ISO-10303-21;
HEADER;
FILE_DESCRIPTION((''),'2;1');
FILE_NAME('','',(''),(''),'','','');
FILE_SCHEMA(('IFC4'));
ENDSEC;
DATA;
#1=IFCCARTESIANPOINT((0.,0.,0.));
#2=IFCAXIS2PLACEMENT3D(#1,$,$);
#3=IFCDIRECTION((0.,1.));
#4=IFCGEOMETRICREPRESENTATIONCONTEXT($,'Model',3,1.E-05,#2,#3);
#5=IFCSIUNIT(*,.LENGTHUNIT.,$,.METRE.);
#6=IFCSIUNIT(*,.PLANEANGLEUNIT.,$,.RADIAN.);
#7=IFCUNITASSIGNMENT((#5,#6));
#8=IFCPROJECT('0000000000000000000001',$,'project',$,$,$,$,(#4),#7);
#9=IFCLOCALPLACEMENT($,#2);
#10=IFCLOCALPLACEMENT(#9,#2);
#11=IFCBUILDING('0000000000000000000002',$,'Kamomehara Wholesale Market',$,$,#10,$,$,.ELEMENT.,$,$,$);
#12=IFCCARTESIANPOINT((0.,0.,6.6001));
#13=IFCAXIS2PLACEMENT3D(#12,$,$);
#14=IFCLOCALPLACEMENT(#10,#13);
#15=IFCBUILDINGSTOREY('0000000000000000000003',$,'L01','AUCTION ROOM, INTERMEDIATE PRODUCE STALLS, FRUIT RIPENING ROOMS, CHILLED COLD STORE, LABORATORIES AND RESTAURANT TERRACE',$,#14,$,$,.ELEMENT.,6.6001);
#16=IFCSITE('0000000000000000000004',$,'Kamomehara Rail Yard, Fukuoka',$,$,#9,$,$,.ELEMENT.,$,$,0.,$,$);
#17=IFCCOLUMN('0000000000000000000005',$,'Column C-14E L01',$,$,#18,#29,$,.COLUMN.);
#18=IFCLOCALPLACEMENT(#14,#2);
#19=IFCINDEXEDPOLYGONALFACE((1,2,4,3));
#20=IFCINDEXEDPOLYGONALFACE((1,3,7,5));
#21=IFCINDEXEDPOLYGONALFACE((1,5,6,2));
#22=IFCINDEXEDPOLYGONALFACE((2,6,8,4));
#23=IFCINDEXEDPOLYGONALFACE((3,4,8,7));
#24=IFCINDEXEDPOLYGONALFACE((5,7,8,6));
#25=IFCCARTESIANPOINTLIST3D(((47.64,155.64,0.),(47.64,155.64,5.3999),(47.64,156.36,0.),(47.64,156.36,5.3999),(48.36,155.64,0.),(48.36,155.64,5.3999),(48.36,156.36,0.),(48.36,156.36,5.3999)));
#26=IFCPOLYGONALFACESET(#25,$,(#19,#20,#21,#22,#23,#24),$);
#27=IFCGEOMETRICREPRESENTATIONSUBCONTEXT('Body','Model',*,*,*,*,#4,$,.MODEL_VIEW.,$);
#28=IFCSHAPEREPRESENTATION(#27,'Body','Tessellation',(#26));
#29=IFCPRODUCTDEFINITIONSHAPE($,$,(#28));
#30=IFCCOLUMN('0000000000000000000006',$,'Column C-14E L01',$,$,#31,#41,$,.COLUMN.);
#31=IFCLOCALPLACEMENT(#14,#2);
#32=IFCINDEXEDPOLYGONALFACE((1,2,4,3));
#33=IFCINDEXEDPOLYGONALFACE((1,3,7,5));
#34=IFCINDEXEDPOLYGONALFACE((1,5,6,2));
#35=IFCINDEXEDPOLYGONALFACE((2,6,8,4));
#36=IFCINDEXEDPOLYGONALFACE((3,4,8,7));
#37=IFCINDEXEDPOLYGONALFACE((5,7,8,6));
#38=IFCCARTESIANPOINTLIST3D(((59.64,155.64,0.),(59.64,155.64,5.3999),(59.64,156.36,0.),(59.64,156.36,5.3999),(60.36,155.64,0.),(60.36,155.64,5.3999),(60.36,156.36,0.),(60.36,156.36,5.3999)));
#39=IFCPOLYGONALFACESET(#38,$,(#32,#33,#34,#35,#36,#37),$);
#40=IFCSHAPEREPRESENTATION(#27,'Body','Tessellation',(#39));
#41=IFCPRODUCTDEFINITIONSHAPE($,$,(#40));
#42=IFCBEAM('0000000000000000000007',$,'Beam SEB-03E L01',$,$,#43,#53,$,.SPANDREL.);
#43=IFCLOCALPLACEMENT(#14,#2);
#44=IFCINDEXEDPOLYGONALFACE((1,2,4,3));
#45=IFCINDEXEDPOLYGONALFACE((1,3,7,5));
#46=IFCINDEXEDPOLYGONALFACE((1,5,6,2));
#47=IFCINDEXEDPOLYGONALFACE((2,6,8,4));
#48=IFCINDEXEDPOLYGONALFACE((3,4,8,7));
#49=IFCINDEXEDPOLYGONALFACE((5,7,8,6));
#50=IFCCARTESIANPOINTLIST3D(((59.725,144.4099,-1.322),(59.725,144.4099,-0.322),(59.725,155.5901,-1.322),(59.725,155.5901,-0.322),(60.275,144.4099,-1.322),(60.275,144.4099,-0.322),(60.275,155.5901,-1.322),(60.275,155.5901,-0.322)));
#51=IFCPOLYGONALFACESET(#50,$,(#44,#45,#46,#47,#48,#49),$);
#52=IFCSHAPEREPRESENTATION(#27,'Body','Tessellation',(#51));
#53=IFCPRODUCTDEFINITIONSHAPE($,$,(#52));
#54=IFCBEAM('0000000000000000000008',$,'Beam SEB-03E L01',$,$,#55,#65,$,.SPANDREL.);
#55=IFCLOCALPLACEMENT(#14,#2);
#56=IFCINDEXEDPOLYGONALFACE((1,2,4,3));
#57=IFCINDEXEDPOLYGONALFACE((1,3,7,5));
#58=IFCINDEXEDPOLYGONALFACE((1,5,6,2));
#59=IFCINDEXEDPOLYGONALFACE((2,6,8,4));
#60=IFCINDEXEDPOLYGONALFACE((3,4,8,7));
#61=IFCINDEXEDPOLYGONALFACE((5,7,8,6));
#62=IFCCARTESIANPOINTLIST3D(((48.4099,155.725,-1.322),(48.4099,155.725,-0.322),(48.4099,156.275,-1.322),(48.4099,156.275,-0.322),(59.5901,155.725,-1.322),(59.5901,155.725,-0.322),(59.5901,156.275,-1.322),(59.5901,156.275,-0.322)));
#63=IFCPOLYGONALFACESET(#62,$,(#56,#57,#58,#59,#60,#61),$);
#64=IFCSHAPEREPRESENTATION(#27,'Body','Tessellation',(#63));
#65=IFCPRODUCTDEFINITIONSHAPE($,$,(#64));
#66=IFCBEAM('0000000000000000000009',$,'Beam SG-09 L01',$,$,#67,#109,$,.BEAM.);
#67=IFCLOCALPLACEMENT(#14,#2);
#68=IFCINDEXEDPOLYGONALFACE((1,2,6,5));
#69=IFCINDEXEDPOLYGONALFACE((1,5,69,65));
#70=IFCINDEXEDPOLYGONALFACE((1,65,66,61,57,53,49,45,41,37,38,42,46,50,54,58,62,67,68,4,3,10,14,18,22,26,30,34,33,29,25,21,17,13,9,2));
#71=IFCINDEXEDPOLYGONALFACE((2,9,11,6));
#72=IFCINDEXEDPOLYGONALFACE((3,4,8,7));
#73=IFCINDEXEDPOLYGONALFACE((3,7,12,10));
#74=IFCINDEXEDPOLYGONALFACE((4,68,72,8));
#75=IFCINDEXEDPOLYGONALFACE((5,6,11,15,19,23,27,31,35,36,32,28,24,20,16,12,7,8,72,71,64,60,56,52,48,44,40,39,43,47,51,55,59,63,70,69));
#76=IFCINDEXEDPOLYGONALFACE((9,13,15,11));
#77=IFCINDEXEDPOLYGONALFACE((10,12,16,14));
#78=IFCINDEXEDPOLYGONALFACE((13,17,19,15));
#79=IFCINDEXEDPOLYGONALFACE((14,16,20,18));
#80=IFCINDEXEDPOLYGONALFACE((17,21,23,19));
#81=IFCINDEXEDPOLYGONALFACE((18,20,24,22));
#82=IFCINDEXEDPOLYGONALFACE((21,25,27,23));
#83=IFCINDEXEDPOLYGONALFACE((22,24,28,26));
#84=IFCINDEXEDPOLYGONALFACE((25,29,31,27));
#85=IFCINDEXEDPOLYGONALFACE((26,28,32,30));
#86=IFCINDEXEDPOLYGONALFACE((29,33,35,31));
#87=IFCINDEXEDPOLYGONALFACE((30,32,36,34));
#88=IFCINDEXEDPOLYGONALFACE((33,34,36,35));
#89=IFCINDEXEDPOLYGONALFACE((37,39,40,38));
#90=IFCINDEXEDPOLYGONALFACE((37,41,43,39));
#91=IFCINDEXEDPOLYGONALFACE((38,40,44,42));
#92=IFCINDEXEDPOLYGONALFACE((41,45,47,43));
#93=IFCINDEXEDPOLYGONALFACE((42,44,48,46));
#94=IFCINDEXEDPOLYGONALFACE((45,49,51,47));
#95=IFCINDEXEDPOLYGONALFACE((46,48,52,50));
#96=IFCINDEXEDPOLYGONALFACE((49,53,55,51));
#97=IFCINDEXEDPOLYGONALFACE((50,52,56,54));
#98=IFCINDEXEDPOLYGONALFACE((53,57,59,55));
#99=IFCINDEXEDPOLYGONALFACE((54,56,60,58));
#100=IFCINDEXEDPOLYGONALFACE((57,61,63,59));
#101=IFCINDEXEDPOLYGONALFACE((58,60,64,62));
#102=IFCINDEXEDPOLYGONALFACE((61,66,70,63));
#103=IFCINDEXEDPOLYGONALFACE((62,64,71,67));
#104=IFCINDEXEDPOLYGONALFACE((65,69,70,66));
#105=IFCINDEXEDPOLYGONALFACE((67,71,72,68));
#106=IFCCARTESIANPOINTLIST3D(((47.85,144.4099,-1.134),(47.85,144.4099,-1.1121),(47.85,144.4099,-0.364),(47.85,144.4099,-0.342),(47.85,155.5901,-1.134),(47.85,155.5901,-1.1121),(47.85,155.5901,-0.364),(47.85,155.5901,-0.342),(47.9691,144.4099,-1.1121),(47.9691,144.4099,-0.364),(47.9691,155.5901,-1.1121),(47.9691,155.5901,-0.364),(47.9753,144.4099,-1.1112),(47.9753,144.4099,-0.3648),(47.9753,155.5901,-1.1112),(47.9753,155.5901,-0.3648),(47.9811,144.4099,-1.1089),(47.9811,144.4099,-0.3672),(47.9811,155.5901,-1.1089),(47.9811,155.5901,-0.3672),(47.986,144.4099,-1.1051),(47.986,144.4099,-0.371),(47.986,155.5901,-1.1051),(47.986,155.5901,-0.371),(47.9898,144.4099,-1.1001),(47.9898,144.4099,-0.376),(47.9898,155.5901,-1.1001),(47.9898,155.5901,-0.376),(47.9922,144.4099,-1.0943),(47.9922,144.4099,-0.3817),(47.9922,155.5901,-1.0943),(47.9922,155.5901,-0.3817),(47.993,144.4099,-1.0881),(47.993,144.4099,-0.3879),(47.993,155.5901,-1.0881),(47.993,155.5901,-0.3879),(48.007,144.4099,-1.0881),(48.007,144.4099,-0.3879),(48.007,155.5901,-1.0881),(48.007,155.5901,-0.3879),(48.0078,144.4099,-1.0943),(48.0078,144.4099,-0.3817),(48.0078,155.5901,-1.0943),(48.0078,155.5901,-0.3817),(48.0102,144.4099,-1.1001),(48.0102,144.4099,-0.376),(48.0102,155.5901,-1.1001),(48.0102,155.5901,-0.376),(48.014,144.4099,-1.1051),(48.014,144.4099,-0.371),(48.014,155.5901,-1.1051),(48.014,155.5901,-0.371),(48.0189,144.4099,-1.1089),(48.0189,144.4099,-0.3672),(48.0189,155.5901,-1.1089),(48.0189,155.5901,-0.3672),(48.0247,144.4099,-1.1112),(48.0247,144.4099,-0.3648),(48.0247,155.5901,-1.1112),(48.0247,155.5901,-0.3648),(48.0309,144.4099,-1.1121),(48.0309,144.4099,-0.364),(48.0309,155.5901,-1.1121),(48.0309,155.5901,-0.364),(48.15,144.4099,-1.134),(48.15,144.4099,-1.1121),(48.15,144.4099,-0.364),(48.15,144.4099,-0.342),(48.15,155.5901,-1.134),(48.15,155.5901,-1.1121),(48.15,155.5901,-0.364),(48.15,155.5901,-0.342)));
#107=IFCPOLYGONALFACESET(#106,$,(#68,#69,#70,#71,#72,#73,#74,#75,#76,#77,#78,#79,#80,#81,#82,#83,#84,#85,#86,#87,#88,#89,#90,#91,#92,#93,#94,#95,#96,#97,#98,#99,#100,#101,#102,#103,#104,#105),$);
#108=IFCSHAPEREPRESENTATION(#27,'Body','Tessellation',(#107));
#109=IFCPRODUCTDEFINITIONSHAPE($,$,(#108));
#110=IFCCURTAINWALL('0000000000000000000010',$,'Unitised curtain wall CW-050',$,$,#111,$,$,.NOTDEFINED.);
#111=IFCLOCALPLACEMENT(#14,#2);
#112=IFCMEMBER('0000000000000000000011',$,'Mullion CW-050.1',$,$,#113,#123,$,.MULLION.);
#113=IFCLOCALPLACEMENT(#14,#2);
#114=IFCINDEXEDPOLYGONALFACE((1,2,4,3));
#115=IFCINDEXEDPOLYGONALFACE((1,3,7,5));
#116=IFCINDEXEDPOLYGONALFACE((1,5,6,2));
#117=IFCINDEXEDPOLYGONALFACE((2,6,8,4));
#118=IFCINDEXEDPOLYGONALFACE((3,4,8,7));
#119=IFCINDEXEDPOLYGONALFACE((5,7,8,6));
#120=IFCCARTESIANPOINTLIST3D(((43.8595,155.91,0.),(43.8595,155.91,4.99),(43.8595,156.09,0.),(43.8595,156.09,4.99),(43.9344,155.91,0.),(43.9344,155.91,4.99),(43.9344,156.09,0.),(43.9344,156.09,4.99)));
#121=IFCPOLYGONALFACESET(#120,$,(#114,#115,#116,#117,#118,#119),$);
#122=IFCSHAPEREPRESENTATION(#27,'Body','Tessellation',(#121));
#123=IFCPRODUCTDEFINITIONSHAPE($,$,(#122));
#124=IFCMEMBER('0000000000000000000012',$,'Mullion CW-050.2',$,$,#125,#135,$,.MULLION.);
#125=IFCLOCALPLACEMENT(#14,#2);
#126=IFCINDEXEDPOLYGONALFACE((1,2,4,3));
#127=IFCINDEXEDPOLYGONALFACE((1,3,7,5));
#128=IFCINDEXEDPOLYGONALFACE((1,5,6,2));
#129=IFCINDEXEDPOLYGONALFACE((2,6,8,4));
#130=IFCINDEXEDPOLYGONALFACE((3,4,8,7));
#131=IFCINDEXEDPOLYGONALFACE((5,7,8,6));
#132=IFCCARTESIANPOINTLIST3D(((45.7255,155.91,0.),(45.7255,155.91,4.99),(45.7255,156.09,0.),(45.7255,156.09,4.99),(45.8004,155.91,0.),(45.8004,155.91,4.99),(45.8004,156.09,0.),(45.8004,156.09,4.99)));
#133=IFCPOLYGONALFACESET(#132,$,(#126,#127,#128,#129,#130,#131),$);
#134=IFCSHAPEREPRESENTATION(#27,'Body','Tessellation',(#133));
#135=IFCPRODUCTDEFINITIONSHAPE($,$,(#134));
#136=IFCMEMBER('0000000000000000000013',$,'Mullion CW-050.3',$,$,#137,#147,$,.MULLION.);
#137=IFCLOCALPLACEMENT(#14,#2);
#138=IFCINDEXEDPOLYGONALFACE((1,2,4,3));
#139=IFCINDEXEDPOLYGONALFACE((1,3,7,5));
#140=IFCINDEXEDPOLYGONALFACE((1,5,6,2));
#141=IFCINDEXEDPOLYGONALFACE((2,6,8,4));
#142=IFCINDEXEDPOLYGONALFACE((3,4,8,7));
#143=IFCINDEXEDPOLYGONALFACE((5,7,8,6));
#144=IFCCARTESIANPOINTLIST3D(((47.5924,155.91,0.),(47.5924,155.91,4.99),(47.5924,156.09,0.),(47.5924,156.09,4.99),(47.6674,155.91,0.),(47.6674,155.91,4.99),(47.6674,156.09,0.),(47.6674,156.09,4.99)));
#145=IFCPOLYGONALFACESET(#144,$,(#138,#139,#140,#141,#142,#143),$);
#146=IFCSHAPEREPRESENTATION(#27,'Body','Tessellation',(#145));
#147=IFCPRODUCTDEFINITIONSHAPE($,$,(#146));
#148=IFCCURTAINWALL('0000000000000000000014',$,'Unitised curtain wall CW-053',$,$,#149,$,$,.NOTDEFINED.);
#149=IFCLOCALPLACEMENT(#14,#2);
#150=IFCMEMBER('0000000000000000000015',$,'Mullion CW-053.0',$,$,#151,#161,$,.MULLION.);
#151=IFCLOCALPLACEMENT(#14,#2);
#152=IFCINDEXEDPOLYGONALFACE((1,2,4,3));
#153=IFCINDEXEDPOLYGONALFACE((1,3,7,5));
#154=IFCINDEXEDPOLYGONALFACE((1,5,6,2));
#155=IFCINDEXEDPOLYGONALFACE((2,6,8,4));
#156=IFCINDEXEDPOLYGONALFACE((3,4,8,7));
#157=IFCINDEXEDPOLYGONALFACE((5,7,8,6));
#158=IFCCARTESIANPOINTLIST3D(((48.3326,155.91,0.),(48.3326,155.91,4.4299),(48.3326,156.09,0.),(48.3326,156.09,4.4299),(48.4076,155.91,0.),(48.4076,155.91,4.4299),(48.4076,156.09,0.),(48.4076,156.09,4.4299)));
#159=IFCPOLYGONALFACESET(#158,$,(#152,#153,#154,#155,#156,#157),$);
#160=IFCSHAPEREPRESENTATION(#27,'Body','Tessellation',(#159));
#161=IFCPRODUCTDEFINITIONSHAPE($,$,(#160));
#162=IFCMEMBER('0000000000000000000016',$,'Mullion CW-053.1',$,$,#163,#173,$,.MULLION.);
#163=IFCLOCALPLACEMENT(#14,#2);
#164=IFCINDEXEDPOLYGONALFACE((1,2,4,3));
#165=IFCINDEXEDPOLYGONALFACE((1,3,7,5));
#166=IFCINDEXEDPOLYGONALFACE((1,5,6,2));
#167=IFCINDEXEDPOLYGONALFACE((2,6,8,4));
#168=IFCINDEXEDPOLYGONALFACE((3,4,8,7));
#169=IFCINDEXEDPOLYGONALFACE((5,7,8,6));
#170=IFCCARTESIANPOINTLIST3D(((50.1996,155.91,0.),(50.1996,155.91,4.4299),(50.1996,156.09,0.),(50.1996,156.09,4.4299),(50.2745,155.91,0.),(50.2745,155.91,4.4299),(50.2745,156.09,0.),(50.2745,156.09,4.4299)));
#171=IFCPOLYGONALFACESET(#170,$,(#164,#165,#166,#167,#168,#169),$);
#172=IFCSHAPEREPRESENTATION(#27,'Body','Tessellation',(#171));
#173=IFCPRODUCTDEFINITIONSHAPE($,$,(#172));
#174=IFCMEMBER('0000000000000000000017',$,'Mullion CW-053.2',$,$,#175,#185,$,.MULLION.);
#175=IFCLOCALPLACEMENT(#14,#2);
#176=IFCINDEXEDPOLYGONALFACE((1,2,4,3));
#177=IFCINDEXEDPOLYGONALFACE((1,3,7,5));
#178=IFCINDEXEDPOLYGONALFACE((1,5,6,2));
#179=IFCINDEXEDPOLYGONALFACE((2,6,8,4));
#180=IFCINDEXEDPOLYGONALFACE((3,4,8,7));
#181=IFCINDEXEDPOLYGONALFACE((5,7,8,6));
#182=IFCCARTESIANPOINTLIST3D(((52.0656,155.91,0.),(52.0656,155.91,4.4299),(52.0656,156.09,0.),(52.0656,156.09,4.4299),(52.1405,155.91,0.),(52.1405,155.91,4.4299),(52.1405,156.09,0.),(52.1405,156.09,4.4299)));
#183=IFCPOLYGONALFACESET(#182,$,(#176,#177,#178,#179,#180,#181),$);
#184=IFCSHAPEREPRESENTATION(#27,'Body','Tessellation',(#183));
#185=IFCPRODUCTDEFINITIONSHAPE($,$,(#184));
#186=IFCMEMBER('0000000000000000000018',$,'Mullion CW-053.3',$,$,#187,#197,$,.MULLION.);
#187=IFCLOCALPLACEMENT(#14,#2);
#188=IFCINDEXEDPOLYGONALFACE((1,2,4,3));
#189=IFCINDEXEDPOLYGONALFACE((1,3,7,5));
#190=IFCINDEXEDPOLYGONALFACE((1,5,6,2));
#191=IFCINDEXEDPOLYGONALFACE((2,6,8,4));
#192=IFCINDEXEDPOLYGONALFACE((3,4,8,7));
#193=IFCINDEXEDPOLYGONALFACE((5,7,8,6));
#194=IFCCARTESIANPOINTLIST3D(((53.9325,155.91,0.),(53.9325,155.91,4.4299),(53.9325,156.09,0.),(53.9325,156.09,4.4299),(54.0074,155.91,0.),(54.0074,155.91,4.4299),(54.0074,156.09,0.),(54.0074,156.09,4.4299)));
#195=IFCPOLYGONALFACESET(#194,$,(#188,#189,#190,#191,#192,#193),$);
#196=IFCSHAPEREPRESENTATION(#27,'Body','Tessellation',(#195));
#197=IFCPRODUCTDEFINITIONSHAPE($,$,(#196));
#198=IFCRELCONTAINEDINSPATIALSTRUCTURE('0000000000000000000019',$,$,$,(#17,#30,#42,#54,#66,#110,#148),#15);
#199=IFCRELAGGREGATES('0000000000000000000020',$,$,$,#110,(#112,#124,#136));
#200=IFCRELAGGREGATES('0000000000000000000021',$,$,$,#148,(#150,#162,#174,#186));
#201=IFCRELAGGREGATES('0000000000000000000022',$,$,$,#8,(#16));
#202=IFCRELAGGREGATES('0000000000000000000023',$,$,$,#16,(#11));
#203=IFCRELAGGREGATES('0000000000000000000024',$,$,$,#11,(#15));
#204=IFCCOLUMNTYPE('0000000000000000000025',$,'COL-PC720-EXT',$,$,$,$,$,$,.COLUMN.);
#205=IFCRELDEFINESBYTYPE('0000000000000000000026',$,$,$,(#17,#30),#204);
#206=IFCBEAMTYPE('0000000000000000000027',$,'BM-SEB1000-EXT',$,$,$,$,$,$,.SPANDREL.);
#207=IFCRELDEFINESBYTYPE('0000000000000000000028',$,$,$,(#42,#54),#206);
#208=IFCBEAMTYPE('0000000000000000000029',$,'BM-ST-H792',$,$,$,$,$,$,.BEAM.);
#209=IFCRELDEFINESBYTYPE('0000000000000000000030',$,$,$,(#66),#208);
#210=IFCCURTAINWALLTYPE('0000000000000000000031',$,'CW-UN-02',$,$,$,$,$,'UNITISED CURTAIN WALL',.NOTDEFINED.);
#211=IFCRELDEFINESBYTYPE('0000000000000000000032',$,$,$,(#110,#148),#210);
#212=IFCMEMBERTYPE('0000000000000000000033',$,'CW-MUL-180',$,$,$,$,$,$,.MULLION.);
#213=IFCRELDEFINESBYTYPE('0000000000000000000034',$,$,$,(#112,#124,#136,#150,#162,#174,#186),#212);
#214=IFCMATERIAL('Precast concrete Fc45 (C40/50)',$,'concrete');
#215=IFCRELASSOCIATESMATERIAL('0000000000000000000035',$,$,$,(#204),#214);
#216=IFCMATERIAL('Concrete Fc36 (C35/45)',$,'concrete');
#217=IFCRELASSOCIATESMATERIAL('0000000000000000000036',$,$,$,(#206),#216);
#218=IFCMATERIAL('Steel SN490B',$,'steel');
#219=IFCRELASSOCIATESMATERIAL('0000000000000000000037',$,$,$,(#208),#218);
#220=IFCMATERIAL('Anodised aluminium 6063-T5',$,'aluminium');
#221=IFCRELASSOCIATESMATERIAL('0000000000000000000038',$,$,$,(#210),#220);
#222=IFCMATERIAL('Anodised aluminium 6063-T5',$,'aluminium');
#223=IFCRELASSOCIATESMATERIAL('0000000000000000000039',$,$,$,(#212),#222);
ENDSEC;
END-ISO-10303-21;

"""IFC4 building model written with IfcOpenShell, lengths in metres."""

from ifc_helpers import new_model, si_unit, direction, frame, origin, origin_2d, place, context, subcontext, project, spatial, rectangle, i_section, extrude, material, material_profile, profile_set, type_object, element, aggregate, save


model = new_model("IFC4")

# Units and contexts
model_context = context("Model", 3, precision=1e-05, world=origin(), true_north=direction((0.0, 1.0)))
body_context = subcontext(model_context, "Body", "Model", "MODEL_VIEW")
ifc_project = project(units=[si_unit("LENGTHUNIT", "METRE"), si_unit("PLANEANGLEUNIT", "RADIAN")], contexts=[model_context])

# Site, building, storey
site_placement = place(None, origin())
site = spatial("IfcSite", under=ifc_project, at=site_placement, Name="Kamomehara Rail Yard, Fukuoka", CompositionType="ELEMENT", RefElevation=0.0)
building_placement = place(site_placement, origin())
building = spatial("IfcBuilding", under=site, at=building_placement, Name="Kamomehara Wholesale Market", CompositionType="ELEMENT")
storey_placement = place(building_placement, frame((0.0, 0.0, 6.6001)))
storey = spatial("IfcBuildingStorey", under=building, at=storey_placement, Name="L01", Description="AUCTION ROOM, INTERMEDIATE PRODUCE STALLS, FRUIT RIPENING ROOMS, CHILLED COLD STORE, LABORATORIES AND RESTAURANT TERRACE", CompositionType="ELEMENT", Elevation=6.6001)

# Columns
ifc_material_1 = material(Name="Precast concrete Fc45 (C40/50)", Category="concrete")
ifc_material_profile_1 = material_profile(ifc_material_1, rectangle(XDim=0.72, YDim=0.72, at=origin_2d()), Name="PC-COL-720x720")
ifc_profile_set_1 = profile_set([ifc_material_profile_1], Name="Precast concrete Fc45 (C40/50)")
column_type = type_object("IfcColumnType", Name="COL-PC720-EXT", PredefinedType="COLUMN", material=ifc_profile_set_1)
for number, where, z_axis, x_axis, name in (
    (1, (48.0, 156.0, 0.0), (0.0, 0.0, 1.0), (1.0, 0.0, 0.0), "Column C-14E L01"),
    (2, (60.0, 156.0, 0.0), (0.0, 0.0, 1.0), (1.0, 0.0, 0.0), "Column C-14E L01"),
):
    element("IfcColumn", number, at=place(storey_placement, frame(where, z_axis=z_axis, x_axis=x_axis)), inside=storey, type_object=column_type, Name=name, PredefinedType="COLUMN", context=body_context, shape_type="SweptSolid", body=[
        extrude(rectangle(XDim=0.72, YDim=0.72, at=origin_2d()), origin(), (0.0, 0.0, 1.0), 5.3999),
    ])

# Beams
ifc_material_2 = material(Name="Concrete Fc36 (C35/45)", Category="concrete")
ifc_material_profile_2 = material_profile(ifc_material_2, rectangle(XDim=0.55, YDim=1.0, at=origin_2d()), Name="RC-SEB-550x1000")
ifc_profile_set_2 = profile_set([ifc_material_profile_2], Name="Concrete Fc36 (C35/45)")
beam_type_1 = type_object("IfcBeamType", Name="BM-SEB1000-EXT", PredefinedType="SPANDREL", material=ifc_profile_set_2)
for number, where, z_axis, x_axis, name in (
    (3, (60.0, 144.4099, -0.822), (0.0, 1.0, 0.0), (-1.0, 0.0, 0.0), "Beam SEB-03E L01"),
    (4, (48.4099, 156.0, -0.822), (1.0, 0.0, 0.0), (0.0, 1.0, 0.0), "Beam SEB-03E L01"),
):
    element("IfcBeam", number, at=place(storey_placement, frame(where, z_axis=z_axis, x_axis=x_axis)), inside=storey, type_object=beam_type_1, Name=name, PredefinedType="SPANDREL", context=body_context, shape_type="SweptSolid", body=[
        extrude(rectangle(XDim=0.55, YDim=1.0, at=origin_2d()), origin(), (0.0, 0.0, 1.0), 11.1802),
    ])
ifc_material_3 = material(Name="Steel SN490B", Category="steel")
ifc_material_profile_3 = material_profile(ifc_material_3, i_section(OverallWidth=0.3, OverallDepth=0.792, WebThickness=0.0139, FlangeThickness=0.022, FilletRadius=0.0239, at=origin_2d()), Name="H-792x300x14x22")
ifc_profile_set_3 = profile_set([ifc_material_profile_3], Name="Steel SN490B")
beam_type_2 = type_object("IfcBeamType", Name="BM-ST-H792", PredefinedType="BEAM", material=ifc_profile_set_3)
beam_placement = place(storey_placement, frame((48.0, 144.4099, -0.738), z_axis=(0.0, 1.0, 0.0), x_axis=(-1.0, 0.0, 0.0)))
element("IfcBeam", 5, at=beam_placement, inside=storey, type_object=beam_type_2, Name="Beam SG-09 L01", PredefinedType="BEAM", context=body_context, shape_type="SweptSolid", body=[
    extrude(i_section(OverallWidth=0.3, OverallDepth=0.792, WebThickness=0.0139, FlangeThickness=0.022, FilletRadius=0.0239, at=origin_2d()), origin(), (0.0, 0.0, 1.0), 11.1802),
])

# Curtain walls, members
ifc_material_4 = material(Name="Anodised aluminium 6063-T5", Category="aluminium")
curtain_wall_type = type_object("IfcCurtainWallType", Name="CW-UN-02", ElementType="UNITISED CURTAIN WALL", PredefinedType="NOTDEFINED", material=ifc_material_4)
curtain_wall_1_placement = place(storey_placement, origin())
curtain_wall_1 = element("IfcCurtainWall", 6, at=curtain_wall_1_placement, inside=storey, type_object=curtain_wall_type, Name="Unitised curtain wall CW-050", PredefinedType="NOTDEFINED")
ifc_material_5 = material(Name="Anodised aluminium 6063-T5", Category="aluminium")
ifc_material_profile_4 = material_profile(ifc_material_5, rectangle(XDim=0.075, YDim=0.1799, at=origin_2d()), Name="ALU-MUL-75x180")
ifc_profile_set_4 = profile_set([ifc_material_profile_4], Name="Anodised aluminium 6063-T5")
member_type_1 = type_object("IfcMemberType", Name="CW-MUL-180", PredefinedType="MULLION", material=ifc_profile_set_4)
member_1_placement = place(storey_placement, frame((43.897, 156.0, 0.0), z_axis=(0.0, 0.0, 1.0), x_axis=(1.0, 0.0, 0.0)))
member_1 = element("IfcMember", 7, at=member_1_placement, type_object=member_type_1, Name="Mullion CW-050.1", PredefinedType="MULLION", context=body_context, shape_type="SweptSolid", body=[
    extrude(rectangle(XDim=0.075, YDim=0.1799, at=origin_2d()), origin(), (0.0, 0.0, 1.0), 4.99),
])
member_2_placement = place(storey_placement, frame((45.7629, 156.0, 0.0), z_axis=(0.0, 0.0, 1.0), x_axis=(1.0, 0.0, 0.0)))
member_2 = element("IfcMember", 8, at=member_2_placement, type_object=member_type_1, Name="Mullion CW-050.2", PredefinedType="MULLION", context=body_context, shape_type="SweptSolid", body=[
    extrude(rectangle(XDim=0.075, YDim=0.1799, at=origin_2d()), origin(), (0.0, 0.0, 1.0), 4.99),
])
member_3_placement = place(storey_placement, frame((47.6299, 156.0, 0.0), z_axis=(0.0, 0.0, 1.0), x_axis=(1.0, 0.0, 0.0)))
member_3 = element("IfcMember", 9, at=member_3_placement, type_object=member_type_1, Name="Mullion CW-050.3", PredefinedType="MULLION", context=body_context, shape_type="SweptSolid", body=[
    extrude(rectangle(XDim=0.075, YDim=0.1799, at=origin_2d()), origin(), (0.0, 0.0, 1.0), 4.99),
])
curtain_wall_2_placement = place(storey_placement, origin())
curtain_wall_2 = element("IfcCurtainWall", 10, at=curtain_wall_2_placement, inside=storey, type_object=curtain_wall_type, Name="Unitised curtain wall CW-053", PredefinedType="NOTDEFINED")
member_4_placement = place(storey_placement, frame((48.3701, 156.0, 0.0), z_axis=(0.0, 0.0, 1.0), x_axis=(1.0, 0.0, 0.0)))
member_4 = element("IfcMember", 11, at=member_4_placement, type_object=member_type_1, Name="Mullion CW-053.0", PredefinedType="MULLION", context=body_context, shape_type="SweptSolid", body=[
    extrude(rectangle(XDim=0.075, YDim=0.1799, at=origin_2d()), origin(), (0.0, 0.0, 1.0), 4.4299),
])
member_5_placement = place(storey_placement, frame((50.2371, 156.0, 0.0), z_axis=(0.0, 0.0, 1.0), x_axis=(1.0, 0.0, 0.0)))
member_5 = element("IfcMember", 12, at=member_5_placement, type_object=member_type_1, Name="Mullion CW-053.1", PredefinedType="MULLION", context=body_context, shape_type="SweptSolid", body=[
    extrude(rectangle(XDim=0.075, YDim=0.1799, at=origin_2d()), origin(), (0.0, 0.0, 1.0), 4.4299),
])
member_6_placement = place(storey_placement, frame((52.103, 156.0, 0.0), z_axis=(0.0, 0.0, 1.0), x_axis=(1.0, 0.0, 0.0)))
member_6 = element("IfcMember", 13, at=member_6_placement, type_object=member_type_1, Name="Mullion CW-053.2", PredefinedType="MULLION", context=body_context, shape_type="SweptSolid", body=[
    extrude(rectangle(XDim=0.075, YDim=0.1799, at=origin_2d()), origin(), (0.0, 0.0, 1.0), 4.4299),
])
member_7_placement = place(storey_placement, frame((53.97, 156.0, 0.0), z_axis=(0.0, 0.0, 1.0), x_axis=(1.0, 0.0, 0.0)))
member_7 = element("IfcMember", 14, at=member_7_placement, type_object=member_type_1, Name="Mullion CW-053.3", PredefinedType="MULLION", context=body_context, shape_type="SweptSolid", body=[
    extrude(rectangle(XDim=0.075, YDim=0.1799, at=origin_2d()), origin(), (0.0, 0.0, 1.0), 4.4299),
])

aggregate(curtain_wall_1, [member_1, member_2, member_3])
aggregate(curtain_wall_2, [member_4, member_5, member_6, member_7])

save(model, "model.ifc")
